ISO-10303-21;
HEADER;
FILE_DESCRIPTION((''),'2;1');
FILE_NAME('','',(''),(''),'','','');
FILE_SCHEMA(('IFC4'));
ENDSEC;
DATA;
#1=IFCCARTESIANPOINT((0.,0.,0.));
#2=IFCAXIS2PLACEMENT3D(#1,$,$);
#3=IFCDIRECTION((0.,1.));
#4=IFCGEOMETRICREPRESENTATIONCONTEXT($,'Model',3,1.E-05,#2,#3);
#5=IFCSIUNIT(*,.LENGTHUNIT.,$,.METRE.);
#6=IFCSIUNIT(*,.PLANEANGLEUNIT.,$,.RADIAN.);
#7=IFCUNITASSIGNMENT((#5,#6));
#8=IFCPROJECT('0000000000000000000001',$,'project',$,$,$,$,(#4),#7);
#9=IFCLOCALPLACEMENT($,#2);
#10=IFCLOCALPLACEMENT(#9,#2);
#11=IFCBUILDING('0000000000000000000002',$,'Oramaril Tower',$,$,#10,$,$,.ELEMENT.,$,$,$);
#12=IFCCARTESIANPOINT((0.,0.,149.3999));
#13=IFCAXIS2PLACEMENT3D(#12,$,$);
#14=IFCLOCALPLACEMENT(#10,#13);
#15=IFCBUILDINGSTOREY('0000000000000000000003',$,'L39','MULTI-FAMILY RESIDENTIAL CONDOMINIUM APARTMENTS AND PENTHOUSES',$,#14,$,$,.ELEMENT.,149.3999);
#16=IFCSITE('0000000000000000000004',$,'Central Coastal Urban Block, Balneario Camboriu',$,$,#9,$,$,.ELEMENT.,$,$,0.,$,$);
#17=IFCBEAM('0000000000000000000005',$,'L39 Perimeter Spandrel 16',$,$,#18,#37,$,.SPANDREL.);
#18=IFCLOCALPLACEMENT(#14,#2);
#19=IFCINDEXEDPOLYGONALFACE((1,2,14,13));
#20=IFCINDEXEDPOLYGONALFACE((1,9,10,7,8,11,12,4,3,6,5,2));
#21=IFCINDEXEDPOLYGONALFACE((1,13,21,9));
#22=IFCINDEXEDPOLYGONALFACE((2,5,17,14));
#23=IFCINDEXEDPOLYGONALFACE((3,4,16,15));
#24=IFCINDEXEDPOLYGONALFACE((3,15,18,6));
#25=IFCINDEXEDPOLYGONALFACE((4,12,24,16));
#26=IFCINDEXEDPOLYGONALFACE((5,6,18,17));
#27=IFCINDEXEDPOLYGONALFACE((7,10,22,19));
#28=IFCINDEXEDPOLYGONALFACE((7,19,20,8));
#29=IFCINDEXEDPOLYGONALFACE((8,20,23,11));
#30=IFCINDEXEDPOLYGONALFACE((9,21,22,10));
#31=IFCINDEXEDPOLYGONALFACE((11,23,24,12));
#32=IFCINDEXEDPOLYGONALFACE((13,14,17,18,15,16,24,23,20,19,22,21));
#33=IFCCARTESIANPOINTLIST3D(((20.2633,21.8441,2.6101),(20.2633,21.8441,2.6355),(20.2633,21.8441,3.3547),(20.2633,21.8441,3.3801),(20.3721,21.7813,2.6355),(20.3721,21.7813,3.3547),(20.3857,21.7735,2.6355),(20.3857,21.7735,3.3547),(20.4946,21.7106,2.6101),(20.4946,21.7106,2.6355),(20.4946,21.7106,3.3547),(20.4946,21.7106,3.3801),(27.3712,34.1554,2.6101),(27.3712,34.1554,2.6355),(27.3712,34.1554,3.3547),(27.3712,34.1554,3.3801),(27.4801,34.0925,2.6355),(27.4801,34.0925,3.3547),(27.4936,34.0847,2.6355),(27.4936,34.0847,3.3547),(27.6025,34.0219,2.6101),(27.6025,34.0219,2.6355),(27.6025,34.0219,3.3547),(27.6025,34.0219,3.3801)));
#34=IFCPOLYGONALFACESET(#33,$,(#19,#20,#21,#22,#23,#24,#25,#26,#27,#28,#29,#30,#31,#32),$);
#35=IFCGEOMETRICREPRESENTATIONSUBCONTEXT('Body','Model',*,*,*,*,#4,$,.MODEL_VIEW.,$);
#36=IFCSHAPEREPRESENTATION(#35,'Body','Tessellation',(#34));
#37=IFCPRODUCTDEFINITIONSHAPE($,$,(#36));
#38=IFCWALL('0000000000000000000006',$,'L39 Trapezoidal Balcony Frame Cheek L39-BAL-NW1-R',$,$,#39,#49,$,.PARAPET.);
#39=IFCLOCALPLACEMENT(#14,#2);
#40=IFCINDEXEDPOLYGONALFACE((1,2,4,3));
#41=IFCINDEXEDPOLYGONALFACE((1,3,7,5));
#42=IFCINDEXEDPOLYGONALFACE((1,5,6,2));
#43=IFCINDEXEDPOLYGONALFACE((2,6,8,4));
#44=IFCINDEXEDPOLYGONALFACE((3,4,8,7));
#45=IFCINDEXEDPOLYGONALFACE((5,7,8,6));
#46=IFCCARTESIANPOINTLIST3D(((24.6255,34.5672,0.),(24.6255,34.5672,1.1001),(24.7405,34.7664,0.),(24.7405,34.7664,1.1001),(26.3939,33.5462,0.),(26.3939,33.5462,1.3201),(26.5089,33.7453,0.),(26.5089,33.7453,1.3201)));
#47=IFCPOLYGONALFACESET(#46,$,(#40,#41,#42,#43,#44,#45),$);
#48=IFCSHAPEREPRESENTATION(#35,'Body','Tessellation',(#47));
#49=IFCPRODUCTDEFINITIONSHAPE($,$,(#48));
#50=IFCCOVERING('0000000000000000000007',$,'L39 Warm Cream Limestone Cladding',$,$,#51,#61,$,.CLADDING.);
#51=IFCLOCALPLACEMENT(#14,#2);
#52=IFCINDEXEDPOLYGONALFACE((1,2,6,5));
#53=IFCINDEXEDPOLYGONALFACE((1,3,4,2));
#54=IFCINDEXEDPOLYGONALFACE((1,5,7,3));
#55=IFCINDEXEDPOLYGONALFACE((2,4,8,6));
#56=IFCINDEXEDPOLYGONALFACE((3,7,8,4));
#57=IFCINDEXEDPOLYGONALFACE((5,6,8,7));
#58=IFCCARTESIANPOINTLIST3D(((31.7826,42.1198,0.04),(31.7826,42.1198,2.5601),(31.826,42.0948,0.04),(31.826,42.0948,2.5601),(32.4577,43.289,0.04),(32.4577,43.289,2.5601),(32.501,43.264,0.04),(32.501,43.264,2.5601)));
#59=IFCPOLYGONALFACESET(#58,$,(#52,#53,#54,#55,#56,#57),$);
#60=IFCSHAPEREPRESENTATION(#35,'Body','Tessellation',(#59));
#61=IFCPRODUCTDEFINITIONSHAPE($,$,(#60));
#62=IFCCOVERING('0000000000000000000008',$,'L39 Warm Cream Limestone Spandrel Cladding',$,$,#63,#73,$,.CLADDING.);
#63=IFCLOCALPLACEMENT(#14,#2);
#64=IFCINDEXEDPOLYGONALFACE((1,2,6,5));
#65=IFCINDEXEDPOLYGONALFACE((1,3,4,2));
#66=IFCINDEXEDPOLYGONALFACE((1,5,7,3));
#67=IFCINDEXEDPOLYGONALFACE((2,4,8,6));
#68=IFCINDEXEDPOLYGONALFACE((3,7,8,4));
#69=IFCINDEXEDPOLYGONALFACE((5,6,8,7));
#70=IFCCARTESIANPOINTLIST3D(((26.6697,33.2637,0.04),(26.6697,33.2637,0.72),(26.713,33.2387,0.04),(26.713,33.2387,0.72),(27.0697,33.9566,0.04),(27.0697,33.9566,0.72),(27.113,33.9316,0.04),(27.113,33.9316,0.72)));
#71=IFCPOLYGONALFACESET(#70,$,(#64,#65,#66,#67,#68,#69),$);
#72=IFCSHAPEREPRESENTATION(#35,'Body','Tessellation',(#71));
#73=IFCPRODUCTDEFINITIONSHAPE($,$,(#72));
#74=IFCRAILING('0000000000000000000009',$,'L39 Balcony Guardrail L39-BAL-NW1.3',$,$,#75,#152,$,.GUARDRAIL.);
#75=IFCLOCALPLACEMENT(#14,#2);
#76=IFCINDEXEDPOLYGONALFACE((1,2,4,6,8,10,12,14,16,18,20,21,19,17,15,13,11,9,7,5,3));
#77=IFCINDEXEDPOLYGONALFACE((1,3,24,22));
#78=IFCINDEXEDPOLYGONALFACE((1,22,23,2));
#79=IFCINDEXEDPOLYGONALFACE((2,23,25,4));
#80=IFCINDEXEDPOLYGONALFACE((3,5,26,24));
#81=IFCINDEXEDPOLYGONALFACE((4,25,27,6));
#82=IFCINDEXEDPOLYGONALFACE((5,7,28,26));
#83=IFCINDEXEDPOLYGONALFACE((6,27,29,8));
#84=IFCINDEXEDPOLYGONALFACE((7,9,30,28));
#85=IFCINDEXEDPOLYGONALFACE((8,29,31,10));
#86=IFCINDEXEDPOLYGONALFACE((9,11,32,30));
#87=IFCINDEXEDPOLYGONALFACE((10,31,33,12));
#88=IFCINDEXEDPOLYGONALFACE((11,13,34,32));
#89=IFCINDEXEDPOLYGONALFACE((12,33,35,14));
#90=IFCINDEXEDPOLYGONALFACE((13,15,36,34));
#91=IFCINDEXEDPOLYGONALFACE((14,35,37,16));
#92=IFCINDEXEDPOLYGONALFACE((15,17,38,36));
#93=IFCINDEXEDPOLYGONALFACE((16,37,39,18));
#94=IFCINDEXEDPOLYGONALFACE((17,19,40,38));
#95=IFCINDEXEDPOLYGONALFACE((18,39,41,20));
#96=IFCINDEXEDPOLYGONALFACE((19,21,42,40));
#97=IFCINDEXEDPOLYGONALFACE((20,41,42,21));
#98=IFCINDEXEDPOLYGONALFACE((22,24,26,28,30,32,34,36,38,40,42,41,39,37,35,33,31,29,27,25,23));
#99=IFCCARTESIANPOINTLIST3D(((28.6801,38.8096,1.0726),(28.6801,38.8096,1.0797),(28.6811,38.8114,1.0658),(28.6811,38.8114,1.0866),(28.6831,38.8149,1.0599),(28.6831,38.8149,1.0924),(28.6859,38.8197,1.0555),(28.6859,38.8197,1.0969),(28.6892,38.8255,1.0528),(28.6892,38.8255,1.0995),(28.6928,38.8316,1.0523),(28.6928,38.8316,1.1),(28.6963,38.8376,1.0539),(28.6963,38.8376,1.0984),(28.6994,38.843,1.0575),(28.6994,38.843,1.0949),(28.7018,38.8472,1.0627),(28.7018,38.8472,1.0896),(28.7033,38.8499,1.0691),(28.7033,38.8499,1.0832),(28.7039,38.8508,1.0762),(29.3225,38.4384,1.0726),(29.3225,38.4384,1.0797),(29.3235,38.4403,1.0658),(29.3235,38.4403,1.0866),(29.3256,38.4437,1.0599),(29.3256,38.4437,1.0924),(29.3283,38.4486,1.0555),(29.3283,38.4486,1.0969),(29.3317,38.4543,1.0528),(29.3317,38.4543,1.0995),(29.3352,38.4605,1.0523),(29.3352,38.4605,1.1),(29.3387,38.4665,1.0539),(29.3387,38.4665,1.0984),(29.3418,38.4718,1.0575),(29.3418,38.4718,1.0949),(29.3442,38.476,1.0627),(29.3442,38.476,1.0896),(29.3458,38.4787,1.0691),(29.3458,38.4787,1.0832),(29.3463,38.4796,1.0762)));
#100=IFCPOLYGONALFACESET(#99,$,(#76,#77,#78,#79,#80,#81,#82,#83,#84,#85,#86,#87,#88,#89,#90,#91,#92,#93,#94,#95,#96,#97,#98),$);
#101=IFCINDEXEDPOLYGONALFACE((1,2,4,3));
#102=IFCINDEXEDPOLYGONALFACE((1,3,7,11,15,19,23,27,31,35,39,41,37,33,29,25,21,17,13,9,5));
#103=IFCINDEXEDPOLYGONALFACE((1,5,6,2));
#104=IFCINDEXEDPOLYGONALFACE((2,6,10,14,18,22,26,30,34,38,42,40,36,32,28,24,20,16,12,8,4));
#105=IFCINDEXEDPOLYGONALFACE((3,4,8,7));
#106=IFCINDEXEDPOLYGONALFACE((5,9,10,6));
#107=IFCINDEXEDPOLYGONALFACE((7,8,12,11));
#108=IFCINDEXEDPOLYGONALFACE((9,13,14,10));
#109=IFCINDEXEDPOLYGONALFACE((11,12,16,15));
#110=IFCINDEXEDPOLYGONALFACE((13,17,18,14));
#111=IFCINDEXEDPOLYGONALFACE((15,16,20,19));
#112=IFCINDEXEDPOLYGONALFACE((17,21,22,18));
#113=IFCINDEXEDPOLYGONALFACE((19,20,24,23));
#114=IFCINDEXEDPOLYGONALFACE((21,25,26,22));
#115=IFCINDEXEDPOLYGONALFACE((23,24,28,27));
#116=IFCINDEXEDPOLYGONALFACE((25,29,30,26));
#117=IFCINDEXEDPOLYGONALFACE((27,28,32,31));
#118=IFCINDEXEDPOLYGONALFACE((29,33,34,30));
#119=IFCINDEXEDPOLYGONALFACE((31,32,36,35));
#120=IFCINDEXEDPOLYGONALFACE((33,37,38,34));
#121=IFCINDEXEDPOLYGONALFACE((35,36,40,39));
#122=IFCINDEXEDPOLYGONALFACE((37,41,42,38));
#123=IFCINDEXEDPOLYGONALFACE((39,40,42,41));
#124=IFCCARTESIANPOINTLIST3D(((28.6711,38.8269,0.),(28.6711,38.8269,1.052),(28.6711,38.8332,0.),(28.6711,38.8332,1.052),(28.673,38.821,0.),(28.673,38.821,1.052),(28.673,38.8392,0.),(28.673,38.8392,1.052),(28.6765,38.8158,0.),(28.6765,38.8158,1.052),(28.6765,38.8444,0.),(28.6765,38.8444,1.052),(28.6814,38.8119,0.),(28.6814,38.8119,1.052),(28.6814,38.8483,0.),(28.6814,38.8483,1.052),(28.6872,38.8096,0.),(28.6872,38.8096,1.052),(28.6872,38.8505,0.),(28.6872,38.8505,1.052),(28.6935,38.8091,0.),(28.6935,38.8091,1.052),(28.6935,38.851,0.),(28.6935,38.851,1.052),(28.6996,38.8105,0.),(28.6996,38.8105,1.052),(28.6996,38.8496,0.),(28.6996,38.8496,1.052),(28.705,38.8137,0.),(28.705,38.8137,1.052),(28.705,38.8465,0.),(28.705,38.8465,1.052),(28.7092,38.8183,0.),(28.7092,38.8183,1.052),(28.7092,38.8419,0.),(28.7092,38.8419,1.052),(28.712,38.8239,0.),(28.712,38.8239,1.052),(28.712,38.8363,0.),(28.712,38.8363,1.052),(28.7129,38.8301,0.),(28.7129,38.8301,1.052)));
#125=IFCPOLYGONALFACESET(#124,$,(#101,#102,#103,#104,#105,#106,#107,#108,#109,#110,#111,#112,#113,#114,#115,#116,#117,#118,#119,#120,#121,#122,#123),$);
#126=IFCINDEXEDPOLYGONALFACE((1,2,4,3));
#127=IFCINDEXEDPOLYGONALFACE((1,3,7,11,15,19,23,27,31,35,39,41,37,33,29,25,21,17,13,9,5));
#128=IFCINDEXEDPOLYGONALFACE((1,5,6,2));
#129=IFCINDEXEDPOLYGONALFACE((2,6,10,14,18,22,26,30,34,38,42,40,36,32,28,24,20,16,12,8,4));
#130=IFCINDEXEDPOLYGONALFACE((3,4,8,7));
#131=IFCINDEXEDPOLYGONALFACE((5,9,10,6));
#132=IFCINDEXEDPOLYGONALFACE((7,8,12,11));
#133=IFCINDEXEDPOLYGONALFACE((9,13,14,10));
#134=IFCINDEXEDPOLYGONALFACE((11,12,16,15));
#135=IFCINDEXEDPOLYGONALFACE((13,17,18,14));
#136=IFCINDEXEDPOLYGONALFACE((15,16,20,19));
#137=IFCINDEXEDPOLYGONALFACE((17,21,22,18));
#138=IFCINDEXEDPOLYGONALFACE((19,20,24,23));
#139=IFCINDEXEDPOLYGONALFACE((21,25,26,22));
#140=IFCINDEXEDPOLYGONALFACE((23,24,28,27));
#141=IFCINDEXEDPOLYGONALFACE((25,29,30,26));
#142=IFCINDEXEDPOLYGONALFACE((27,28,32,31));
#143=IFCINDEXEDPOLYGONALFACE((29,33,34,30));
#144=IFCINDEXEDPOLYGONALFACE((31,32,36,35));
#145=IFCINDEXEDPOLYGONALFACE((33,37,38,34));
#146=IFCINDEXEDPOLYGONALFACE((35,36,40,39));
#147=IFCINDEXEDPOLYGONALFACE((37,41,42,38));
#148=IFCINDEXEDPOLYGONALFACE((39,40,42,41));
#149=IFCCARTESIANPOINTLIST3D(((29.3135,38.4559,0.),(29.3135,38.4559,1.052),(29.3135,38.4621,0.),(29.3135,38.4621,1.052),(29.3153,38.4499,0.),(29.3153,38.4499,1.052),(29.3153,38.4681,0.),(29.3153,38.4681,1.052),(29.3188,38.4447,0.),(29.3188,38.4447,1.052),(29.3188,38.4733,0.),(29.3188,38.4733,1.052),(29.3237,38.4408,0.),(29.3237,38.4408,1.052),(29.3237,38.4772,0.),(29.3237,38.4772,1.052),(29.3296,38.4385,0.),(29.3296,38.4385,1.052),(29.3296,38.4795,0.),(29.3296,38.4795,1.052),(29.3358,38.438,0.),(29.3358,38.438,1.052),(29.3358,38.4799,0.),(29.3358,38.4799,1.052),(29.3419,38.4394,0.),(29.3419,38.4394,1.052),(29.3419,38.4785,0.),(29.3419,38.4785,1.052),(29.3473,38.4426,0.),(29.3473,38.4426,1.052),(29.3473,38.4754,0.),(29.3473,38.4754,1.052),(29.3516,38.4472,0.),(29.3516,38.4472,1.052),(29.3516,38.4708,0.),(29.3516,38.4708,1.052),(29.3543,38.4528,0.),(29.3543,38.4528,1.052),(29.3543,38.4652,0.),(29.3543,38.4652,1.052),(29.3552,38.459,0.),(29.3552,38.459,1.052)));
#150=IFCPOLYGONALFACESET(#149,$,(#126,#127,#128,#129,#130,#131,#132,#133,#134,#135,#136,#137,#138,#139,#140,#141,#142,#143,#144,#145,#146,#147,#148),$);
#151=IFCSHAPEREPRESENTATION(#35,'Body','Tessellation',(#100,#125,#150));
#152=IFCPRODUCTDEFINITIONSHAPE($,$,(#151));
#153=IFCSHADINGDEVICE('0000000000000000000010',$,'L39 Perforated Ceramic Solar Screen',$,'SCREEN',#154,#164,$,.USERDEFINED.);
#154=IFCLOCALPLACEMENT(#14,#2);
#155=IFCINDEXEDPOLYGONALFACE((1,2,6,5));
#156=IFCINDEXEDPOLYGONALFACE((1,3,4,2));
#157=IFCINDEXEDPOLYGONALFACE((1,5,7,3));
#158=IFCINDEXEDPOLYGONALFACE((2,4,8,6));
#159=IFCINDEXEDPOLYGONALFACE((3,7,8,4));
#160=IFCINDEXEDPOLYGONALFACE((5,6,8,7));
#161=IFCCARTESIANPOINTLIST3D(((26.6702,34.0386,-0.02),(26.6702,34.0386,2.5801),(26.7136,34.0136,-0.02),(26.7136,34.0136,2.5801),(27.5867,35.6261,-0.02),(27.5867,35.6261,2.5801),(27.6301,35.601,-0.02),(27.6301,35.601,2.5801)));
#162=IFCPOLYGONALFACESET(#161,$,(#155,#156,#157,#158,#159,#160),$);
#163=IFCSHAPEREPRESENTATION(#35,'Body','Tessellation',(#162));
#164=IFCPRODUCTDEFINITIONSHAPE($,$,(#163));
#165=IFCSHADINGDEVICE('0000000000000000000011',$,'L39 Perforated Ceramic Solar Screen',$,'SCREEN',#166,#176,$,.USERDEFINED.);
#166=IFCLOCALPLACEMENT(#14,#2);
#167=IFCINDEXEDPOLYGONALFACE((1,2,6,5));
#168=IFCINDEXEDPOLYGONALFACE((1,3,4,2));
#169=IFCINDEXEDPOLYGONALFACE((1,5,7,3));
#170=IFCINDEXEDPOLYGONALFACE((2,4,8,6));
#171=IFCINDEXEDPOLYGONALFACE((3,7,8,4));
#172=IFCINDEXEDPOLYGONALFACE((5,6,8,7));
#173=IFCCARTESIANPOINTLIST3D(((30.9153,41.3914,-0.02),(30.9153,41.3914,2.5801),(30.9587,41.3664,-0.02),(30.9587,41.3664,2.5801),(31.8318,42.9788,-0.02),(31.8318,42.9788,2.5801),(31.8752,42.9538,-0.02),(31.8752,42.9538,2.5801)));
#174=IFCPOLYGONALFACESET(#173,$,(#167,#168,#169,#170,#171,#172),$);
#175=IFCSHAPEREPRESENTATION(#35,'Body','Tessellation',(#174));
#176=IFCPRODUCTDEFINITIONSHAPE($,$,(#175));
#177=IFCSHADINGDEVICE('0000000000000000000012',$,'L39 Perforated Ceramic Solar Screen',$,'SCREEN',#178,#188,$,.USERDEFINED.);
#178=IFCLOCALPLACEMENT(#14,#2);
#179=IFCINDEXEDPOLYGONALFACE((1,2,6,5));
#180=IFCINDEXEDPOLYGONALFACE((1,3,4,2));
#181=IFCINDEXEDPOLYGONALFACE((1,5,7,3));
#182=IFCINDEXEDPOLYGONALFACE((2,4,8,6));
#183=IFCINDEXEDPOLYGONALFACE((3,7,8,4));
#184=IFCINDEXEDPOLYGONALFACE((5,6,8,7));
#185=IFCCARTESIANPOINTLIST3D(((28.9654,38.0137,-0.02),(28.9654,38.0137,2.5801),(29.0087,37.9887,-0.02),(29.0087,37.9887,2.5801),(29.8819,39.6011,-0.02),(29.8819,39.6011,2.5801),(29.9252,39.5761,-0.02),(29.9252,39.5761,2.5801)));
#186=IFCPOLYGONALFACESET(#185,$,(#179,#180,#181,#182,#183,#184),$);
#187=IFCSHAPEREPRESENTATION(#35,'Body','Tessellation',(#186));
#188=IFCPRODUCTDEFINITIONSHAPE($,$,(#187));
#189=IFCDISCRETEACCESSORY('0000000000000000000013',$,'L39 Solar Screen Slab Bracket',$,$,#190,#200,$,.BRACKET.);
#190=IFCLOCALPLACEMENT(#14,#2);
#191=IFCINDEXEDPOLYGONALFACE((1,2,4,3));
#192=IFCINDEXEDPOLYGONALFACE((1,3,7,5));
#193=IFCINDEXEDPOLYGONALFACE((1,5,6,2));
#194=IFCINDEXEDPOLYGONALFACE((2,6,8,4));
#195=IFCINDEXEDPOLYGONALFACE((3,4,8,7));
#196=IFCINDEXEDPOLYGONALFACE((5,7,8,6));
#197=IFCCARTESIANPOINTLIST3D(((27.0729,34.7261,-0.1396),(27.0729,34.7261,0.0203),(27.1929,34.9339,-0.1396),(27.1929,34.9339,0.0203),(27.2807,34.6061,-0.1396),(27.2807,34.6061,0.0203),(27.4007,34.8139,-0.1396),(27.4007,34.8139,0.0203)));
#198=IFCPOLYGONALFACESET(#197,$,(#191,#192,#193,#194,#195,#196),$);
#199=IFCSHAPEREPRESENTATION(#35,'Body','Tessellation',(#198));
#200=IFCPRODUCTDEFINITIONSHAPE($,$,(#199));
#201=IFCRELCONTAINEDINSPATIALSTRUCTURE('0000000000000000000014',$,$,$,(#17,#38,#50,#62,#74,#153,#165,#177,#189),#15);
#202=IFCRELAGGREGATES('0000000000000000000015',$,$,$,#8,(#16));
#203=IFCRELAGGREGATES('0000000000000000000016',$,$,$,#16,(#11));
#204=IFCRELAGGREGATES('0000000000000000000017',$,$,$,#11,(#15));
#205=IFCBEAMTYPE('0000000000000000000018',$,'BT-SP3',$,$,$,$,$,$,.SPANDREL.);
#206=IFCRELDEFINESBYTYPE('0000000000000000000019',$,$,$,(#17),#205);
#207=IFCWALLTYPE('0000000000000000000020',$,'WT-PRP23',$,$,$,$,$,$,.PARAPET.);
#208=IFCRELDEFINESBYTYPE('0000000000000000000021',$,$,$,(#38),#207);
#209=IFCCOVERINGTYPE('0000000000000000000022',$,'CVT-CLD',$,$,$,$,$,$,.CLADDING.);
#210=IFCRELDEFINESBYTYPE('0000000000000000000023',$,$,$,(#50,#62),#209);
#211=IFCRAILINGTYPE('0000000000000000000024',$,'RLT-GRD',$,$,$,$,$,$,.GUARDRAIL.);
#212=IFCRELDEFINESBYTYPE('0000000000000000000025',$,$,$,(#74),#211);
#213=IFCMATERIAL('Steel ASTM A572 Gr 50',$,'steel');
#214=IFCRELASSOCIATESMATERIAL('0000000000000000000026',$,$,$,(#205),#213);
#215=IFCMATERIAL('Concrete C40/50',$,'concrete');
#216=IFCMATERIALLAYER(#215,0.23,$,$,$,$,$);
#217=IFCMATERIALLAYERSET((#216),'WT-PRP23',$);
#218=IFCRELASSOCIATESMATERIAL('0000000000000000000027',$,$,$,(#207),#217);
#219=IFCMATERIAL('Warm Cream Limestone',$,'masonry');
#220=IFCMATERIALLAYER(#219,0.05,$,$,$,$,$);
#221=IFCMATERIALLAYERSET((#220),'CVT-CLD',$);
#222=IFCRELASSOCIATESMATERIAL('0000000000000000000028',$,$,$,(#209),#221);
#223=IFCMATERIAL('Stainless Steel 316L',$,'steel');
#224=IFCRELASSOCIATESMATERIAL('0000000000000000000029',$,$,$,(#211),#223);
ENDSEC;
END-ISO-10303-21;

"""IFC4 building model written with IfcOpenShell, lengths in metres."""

from ifc_helpers import new_model, si_unit, direction, frame, origin, origin_2d, place, context, subcontext, project, spatial, polyline, rectangle, circle, i_section, outline, extrude, material, layer, layer_set, material_profile, profile_set, type_object, element, save


model = new_model("IFC4")

# Units and contexts
model_context = context("Model", 3, precision=1e-05, world=origin(), true_north=direction((0.0, 1.0)))
body_context = subcontext(model_context, "Body", "Model", "MODEL_VIEW")
ifc_project = project(units=[si_unit("LENGTHUNIT", "METRE"), si_unit("PLANEANGLEUNIT", "RADIAN")], contexts=[model_context])

# Site, building, storey
site_placement = place(None, origin())
site = spatial("IfcSite", under=ifc_project, at=site_placement, Name="Central Coastal Urban Block, Balneario Camboriu", CompositionType="ELEMENT", RefElevation=0.0)
building_placement = place(site_placement, origin())
building = spatial("IfcBuilding", under=site, at=building_placement, Name="Oramaril Tower", CompositionType="ELEMENT")
storey_placement = place(building_placement, frame((0.0, 0.0, 149.3999)))
storey = spatial("IfcBuildingStorey", under=building, at=storey_placement, Name="L39", Description="MULTI-FAMILY RESIDENTIAL CONDOMINIUM APARTMENTS AND PENTHOUSES", CompositionType="ELEMENT", Elevation=149.3999)

# Beam
ifc_material_1 = material(Name="Steel ASTM A572 Gr 50", Category="steel")
ifc_material_profile_1 = material_profile(ifc_material_1, i_section(OverallWidth=0.2671, OverallDepth=0.77, WebThickness=0.0156, FlangeThickness=0.0254, at=origin_2d()), Name="W30X132")
ifc_profile_set_1 = profile_set([ifc_material_profile_1], Name="Steel ASTM A572 Gr 50")
beam_type_1 = type_object("IfcBeamType", Name="BT-SP3", PredefinedType="SPANDREL", material=ifc_profile_set_1)
beam_1_placement = place(storey_placement, frame((27.4868, 34.0886, 2.9951), z_axis=(-0.499999, -0.866026, 0.0), x_axis=(0.866026, -0.499999, 0.0)))
element("IfcBeam", 1, at=beam_1_placement, inside=storey, type_object=beam_type_1, Name="L39 Perimeter Spandrel 16", PredefinedType="SPANDREL", context=body_context, shape_type="SweptSolid", body=[
    extrude(i_section(OverallWidth=0.2671, OverallDepth=0.77, WebThickness=0.0156, FlangeThickness=0.0254, at=origin_2d()), origin(), (0.0, 0.0, 1.0), 14.2158),
])

# Wall
ifc_material_2 = material(Name="Concrete C40/50", Category="concrete")
ifc_layer_1 = layer(ifc_material_2, 0.23)
ifc_layer_set_1 = layer_set([ifc_layer_1], Name="WT-PRP23")
wall_type_1 = type_object("IfcWallType", Name="WT-PRP23", PredefinedType="PARAPET", material=ifc_layer_set_1)
wall_1_placement = place(storey_placement, frame((26.4514, 33.6458, 0.0), z_axis=(0.0, 0.0, 1.0), x_axis=(-0.866012, 0.500023, 0.0)))
element("IfcWall", 2, at=wall_1_placement, inside=storey, type_object=wall_type_1, Name="L39 Trapezoidal Balcony Frame Cheek L39-BAL-NW1-R", PredefinedType="PARAPET", context=body_context, shape_type="SweptSolid", body=[
    extrude(outline(polyline([(0.0, 0.0), (2.042, 0.0), (2.042, 1.1001), (0.0, 1.3201), (0.0, 0.0)])), frame((0.0, 0.115, 0.0), z_axis=(0.0, -1.0, 0.0), x_axis=(1.0, 0.0, 0.0)), (0.0, 0.0, 1.0), 0.23),
])

# Coverings
ifc_material_3 = material(Name="Warm Cream Limestone", Category="masonry")
ifc_layer_2 = layer(ifc_material_3, 0.05)
ifc_layer_set_2 = layer_set([ifc_layer_2], Name="CVT-CLD")
covering_type = type_object("IfcCoveringType", Name="CVT-CLD", PredefinedType="CLADDING", material=ifc_layer_set_2)
covering_1_placement = place(storey_placement, frame((32.1418, 42.6919, 0.04), z_axis=(0.0, 0.0, 1.0), x_axis=(-0.5, -0.866025, 0.0)))
element("IfcCovering", 3, at=covering_1_placement, inside=storey, type_object=covering_type, Name="L39 Warm Cream Limestone Cladding", PredefinedType="CLADDING", context=body_context, shape_type="SweptSolid", body=[
    extrude(rectangle(XDim=1.3501, YDim=0.05, at=origin_2d()), origin(), (0.0, 0.0, 1.0), 2.52),
])
covering_2_placement = place(storey_placement, frame((26.8914, 33.5977, 0.04), z_axis=(0.0, 0.0, 1.0), x_axis=(-0.5, -0.866025, 0.0)))
element("IfcCovering", 4, at=covering_2_placement, inside=storey, type_object=covering_type, Name="L39 Warm Cream Limestone Spandrel Cladding", PredefinedType="CLADDING", context=body_context, shape_type="SweptSolid", body=[
    extrude(rectangle(XDim=0.8, YDim=0.05, at=origin_2d()), origin(), (0.0, 0.0, 1.0), 0.6799),
])

# Railing
ifc_material_4 = material(Name="Stainless Steel 316L", Category="steel")
railing_type = type_object("IfcRailingType", Name="RLT-GRD", PredefinedType="GUARDRAIL", material=ifc_material_4)
railing_1_placement = place(storey_placement, frame((28.6919, 38.8301, 0.0)))
element("IfcRailing", 5, at=railing_1_placement, inside=storey, type_object=railing_type, Name="L39 Balcony Guardrail L39-BAL-NW1.3", PredefinedType="GUARDRAIL", context=body_context, shape_type="SweptSolid", body=[
    extrude(circle(Radius=0.0239, at=origin_2d()), frame((0.0, 0.0, 1.0762), z_axis=(0.865884, -0.500245, 0.0), x_axis=(0.500245, 0.865884, 0.0)), (0.0, 0.0, 1.0), 0.7419),
    extrude(circle(Radius=0.021, at=origin_2d()), origin(), (0.0, 0.0, 1.0), 1.052),
    extrude(circle(Radius=0.021, at=origin_2d()), frame((0.6423, -0.3711, 0.0)), (0.0, 0.0, 1.0), 1.052),
])

# Shading devices
for number, where, z_axis, x_axis, name in (
    (6, (27.1501, 34.8198, -0.02), (0.0, 0.0, 1.0), (-0.5, -0.866025, 0.0), "L39 Perforated Ceramic Solar Screen"),
    (7, (31.3953, 42.1726, -0.02), (0.0, 0.0, 1.0), (-0.5, -0.866025, 0.0), "L39 Perforated Ceramic Solar Screen"),
    (8, (29.4453, 38.7949, -0.02), (0.0, 0.0, 1.0), (-0.5, -0.866025, 0.0), "L39 Perforated Ceramic Solar Screen"),
):
    element("IfcShadingDevice", number, at=place(storey_placement, frame(where, z_axis=z_axis, x_axis=x_axis)), inside=storey, Name=name, ObjectType="SCREEN", PredefinedType="USERDEFINED", context=body_context, shape_type="SweptSolid", body=[
        extrude(rectangle(XDim=1.833, YDim=0.05, at=origin_2d()), origin(), (0.0, 0.0, 1.0), 2.6001),
    ])

# Discrete accessory
for number, where, z_axis, x_axis, name in (
    (9, (27.2368, 34.77, -0.1396), (0.0, 0.0, 1.0), (-0.5, -0.866025, 0.0), "L39 Solar Screen Slab Bracket"),
):
    element("IfcDiscreteAccessory", number, at=place(storey_placement, frame(where, z_axis=z_axis, x_axis=x_axis)), inside=storey, Name=name, PredefinedType="BRACKET", context=body_context, shape_type="SweptSolid", body=[
        extrude(rectangle(XDim=0.24, YDim=0.24, at=origin_2d()), origin(), (0.0, 0.0, 1.0), 0.1599),
    ])

save(model, "model.ifc")
